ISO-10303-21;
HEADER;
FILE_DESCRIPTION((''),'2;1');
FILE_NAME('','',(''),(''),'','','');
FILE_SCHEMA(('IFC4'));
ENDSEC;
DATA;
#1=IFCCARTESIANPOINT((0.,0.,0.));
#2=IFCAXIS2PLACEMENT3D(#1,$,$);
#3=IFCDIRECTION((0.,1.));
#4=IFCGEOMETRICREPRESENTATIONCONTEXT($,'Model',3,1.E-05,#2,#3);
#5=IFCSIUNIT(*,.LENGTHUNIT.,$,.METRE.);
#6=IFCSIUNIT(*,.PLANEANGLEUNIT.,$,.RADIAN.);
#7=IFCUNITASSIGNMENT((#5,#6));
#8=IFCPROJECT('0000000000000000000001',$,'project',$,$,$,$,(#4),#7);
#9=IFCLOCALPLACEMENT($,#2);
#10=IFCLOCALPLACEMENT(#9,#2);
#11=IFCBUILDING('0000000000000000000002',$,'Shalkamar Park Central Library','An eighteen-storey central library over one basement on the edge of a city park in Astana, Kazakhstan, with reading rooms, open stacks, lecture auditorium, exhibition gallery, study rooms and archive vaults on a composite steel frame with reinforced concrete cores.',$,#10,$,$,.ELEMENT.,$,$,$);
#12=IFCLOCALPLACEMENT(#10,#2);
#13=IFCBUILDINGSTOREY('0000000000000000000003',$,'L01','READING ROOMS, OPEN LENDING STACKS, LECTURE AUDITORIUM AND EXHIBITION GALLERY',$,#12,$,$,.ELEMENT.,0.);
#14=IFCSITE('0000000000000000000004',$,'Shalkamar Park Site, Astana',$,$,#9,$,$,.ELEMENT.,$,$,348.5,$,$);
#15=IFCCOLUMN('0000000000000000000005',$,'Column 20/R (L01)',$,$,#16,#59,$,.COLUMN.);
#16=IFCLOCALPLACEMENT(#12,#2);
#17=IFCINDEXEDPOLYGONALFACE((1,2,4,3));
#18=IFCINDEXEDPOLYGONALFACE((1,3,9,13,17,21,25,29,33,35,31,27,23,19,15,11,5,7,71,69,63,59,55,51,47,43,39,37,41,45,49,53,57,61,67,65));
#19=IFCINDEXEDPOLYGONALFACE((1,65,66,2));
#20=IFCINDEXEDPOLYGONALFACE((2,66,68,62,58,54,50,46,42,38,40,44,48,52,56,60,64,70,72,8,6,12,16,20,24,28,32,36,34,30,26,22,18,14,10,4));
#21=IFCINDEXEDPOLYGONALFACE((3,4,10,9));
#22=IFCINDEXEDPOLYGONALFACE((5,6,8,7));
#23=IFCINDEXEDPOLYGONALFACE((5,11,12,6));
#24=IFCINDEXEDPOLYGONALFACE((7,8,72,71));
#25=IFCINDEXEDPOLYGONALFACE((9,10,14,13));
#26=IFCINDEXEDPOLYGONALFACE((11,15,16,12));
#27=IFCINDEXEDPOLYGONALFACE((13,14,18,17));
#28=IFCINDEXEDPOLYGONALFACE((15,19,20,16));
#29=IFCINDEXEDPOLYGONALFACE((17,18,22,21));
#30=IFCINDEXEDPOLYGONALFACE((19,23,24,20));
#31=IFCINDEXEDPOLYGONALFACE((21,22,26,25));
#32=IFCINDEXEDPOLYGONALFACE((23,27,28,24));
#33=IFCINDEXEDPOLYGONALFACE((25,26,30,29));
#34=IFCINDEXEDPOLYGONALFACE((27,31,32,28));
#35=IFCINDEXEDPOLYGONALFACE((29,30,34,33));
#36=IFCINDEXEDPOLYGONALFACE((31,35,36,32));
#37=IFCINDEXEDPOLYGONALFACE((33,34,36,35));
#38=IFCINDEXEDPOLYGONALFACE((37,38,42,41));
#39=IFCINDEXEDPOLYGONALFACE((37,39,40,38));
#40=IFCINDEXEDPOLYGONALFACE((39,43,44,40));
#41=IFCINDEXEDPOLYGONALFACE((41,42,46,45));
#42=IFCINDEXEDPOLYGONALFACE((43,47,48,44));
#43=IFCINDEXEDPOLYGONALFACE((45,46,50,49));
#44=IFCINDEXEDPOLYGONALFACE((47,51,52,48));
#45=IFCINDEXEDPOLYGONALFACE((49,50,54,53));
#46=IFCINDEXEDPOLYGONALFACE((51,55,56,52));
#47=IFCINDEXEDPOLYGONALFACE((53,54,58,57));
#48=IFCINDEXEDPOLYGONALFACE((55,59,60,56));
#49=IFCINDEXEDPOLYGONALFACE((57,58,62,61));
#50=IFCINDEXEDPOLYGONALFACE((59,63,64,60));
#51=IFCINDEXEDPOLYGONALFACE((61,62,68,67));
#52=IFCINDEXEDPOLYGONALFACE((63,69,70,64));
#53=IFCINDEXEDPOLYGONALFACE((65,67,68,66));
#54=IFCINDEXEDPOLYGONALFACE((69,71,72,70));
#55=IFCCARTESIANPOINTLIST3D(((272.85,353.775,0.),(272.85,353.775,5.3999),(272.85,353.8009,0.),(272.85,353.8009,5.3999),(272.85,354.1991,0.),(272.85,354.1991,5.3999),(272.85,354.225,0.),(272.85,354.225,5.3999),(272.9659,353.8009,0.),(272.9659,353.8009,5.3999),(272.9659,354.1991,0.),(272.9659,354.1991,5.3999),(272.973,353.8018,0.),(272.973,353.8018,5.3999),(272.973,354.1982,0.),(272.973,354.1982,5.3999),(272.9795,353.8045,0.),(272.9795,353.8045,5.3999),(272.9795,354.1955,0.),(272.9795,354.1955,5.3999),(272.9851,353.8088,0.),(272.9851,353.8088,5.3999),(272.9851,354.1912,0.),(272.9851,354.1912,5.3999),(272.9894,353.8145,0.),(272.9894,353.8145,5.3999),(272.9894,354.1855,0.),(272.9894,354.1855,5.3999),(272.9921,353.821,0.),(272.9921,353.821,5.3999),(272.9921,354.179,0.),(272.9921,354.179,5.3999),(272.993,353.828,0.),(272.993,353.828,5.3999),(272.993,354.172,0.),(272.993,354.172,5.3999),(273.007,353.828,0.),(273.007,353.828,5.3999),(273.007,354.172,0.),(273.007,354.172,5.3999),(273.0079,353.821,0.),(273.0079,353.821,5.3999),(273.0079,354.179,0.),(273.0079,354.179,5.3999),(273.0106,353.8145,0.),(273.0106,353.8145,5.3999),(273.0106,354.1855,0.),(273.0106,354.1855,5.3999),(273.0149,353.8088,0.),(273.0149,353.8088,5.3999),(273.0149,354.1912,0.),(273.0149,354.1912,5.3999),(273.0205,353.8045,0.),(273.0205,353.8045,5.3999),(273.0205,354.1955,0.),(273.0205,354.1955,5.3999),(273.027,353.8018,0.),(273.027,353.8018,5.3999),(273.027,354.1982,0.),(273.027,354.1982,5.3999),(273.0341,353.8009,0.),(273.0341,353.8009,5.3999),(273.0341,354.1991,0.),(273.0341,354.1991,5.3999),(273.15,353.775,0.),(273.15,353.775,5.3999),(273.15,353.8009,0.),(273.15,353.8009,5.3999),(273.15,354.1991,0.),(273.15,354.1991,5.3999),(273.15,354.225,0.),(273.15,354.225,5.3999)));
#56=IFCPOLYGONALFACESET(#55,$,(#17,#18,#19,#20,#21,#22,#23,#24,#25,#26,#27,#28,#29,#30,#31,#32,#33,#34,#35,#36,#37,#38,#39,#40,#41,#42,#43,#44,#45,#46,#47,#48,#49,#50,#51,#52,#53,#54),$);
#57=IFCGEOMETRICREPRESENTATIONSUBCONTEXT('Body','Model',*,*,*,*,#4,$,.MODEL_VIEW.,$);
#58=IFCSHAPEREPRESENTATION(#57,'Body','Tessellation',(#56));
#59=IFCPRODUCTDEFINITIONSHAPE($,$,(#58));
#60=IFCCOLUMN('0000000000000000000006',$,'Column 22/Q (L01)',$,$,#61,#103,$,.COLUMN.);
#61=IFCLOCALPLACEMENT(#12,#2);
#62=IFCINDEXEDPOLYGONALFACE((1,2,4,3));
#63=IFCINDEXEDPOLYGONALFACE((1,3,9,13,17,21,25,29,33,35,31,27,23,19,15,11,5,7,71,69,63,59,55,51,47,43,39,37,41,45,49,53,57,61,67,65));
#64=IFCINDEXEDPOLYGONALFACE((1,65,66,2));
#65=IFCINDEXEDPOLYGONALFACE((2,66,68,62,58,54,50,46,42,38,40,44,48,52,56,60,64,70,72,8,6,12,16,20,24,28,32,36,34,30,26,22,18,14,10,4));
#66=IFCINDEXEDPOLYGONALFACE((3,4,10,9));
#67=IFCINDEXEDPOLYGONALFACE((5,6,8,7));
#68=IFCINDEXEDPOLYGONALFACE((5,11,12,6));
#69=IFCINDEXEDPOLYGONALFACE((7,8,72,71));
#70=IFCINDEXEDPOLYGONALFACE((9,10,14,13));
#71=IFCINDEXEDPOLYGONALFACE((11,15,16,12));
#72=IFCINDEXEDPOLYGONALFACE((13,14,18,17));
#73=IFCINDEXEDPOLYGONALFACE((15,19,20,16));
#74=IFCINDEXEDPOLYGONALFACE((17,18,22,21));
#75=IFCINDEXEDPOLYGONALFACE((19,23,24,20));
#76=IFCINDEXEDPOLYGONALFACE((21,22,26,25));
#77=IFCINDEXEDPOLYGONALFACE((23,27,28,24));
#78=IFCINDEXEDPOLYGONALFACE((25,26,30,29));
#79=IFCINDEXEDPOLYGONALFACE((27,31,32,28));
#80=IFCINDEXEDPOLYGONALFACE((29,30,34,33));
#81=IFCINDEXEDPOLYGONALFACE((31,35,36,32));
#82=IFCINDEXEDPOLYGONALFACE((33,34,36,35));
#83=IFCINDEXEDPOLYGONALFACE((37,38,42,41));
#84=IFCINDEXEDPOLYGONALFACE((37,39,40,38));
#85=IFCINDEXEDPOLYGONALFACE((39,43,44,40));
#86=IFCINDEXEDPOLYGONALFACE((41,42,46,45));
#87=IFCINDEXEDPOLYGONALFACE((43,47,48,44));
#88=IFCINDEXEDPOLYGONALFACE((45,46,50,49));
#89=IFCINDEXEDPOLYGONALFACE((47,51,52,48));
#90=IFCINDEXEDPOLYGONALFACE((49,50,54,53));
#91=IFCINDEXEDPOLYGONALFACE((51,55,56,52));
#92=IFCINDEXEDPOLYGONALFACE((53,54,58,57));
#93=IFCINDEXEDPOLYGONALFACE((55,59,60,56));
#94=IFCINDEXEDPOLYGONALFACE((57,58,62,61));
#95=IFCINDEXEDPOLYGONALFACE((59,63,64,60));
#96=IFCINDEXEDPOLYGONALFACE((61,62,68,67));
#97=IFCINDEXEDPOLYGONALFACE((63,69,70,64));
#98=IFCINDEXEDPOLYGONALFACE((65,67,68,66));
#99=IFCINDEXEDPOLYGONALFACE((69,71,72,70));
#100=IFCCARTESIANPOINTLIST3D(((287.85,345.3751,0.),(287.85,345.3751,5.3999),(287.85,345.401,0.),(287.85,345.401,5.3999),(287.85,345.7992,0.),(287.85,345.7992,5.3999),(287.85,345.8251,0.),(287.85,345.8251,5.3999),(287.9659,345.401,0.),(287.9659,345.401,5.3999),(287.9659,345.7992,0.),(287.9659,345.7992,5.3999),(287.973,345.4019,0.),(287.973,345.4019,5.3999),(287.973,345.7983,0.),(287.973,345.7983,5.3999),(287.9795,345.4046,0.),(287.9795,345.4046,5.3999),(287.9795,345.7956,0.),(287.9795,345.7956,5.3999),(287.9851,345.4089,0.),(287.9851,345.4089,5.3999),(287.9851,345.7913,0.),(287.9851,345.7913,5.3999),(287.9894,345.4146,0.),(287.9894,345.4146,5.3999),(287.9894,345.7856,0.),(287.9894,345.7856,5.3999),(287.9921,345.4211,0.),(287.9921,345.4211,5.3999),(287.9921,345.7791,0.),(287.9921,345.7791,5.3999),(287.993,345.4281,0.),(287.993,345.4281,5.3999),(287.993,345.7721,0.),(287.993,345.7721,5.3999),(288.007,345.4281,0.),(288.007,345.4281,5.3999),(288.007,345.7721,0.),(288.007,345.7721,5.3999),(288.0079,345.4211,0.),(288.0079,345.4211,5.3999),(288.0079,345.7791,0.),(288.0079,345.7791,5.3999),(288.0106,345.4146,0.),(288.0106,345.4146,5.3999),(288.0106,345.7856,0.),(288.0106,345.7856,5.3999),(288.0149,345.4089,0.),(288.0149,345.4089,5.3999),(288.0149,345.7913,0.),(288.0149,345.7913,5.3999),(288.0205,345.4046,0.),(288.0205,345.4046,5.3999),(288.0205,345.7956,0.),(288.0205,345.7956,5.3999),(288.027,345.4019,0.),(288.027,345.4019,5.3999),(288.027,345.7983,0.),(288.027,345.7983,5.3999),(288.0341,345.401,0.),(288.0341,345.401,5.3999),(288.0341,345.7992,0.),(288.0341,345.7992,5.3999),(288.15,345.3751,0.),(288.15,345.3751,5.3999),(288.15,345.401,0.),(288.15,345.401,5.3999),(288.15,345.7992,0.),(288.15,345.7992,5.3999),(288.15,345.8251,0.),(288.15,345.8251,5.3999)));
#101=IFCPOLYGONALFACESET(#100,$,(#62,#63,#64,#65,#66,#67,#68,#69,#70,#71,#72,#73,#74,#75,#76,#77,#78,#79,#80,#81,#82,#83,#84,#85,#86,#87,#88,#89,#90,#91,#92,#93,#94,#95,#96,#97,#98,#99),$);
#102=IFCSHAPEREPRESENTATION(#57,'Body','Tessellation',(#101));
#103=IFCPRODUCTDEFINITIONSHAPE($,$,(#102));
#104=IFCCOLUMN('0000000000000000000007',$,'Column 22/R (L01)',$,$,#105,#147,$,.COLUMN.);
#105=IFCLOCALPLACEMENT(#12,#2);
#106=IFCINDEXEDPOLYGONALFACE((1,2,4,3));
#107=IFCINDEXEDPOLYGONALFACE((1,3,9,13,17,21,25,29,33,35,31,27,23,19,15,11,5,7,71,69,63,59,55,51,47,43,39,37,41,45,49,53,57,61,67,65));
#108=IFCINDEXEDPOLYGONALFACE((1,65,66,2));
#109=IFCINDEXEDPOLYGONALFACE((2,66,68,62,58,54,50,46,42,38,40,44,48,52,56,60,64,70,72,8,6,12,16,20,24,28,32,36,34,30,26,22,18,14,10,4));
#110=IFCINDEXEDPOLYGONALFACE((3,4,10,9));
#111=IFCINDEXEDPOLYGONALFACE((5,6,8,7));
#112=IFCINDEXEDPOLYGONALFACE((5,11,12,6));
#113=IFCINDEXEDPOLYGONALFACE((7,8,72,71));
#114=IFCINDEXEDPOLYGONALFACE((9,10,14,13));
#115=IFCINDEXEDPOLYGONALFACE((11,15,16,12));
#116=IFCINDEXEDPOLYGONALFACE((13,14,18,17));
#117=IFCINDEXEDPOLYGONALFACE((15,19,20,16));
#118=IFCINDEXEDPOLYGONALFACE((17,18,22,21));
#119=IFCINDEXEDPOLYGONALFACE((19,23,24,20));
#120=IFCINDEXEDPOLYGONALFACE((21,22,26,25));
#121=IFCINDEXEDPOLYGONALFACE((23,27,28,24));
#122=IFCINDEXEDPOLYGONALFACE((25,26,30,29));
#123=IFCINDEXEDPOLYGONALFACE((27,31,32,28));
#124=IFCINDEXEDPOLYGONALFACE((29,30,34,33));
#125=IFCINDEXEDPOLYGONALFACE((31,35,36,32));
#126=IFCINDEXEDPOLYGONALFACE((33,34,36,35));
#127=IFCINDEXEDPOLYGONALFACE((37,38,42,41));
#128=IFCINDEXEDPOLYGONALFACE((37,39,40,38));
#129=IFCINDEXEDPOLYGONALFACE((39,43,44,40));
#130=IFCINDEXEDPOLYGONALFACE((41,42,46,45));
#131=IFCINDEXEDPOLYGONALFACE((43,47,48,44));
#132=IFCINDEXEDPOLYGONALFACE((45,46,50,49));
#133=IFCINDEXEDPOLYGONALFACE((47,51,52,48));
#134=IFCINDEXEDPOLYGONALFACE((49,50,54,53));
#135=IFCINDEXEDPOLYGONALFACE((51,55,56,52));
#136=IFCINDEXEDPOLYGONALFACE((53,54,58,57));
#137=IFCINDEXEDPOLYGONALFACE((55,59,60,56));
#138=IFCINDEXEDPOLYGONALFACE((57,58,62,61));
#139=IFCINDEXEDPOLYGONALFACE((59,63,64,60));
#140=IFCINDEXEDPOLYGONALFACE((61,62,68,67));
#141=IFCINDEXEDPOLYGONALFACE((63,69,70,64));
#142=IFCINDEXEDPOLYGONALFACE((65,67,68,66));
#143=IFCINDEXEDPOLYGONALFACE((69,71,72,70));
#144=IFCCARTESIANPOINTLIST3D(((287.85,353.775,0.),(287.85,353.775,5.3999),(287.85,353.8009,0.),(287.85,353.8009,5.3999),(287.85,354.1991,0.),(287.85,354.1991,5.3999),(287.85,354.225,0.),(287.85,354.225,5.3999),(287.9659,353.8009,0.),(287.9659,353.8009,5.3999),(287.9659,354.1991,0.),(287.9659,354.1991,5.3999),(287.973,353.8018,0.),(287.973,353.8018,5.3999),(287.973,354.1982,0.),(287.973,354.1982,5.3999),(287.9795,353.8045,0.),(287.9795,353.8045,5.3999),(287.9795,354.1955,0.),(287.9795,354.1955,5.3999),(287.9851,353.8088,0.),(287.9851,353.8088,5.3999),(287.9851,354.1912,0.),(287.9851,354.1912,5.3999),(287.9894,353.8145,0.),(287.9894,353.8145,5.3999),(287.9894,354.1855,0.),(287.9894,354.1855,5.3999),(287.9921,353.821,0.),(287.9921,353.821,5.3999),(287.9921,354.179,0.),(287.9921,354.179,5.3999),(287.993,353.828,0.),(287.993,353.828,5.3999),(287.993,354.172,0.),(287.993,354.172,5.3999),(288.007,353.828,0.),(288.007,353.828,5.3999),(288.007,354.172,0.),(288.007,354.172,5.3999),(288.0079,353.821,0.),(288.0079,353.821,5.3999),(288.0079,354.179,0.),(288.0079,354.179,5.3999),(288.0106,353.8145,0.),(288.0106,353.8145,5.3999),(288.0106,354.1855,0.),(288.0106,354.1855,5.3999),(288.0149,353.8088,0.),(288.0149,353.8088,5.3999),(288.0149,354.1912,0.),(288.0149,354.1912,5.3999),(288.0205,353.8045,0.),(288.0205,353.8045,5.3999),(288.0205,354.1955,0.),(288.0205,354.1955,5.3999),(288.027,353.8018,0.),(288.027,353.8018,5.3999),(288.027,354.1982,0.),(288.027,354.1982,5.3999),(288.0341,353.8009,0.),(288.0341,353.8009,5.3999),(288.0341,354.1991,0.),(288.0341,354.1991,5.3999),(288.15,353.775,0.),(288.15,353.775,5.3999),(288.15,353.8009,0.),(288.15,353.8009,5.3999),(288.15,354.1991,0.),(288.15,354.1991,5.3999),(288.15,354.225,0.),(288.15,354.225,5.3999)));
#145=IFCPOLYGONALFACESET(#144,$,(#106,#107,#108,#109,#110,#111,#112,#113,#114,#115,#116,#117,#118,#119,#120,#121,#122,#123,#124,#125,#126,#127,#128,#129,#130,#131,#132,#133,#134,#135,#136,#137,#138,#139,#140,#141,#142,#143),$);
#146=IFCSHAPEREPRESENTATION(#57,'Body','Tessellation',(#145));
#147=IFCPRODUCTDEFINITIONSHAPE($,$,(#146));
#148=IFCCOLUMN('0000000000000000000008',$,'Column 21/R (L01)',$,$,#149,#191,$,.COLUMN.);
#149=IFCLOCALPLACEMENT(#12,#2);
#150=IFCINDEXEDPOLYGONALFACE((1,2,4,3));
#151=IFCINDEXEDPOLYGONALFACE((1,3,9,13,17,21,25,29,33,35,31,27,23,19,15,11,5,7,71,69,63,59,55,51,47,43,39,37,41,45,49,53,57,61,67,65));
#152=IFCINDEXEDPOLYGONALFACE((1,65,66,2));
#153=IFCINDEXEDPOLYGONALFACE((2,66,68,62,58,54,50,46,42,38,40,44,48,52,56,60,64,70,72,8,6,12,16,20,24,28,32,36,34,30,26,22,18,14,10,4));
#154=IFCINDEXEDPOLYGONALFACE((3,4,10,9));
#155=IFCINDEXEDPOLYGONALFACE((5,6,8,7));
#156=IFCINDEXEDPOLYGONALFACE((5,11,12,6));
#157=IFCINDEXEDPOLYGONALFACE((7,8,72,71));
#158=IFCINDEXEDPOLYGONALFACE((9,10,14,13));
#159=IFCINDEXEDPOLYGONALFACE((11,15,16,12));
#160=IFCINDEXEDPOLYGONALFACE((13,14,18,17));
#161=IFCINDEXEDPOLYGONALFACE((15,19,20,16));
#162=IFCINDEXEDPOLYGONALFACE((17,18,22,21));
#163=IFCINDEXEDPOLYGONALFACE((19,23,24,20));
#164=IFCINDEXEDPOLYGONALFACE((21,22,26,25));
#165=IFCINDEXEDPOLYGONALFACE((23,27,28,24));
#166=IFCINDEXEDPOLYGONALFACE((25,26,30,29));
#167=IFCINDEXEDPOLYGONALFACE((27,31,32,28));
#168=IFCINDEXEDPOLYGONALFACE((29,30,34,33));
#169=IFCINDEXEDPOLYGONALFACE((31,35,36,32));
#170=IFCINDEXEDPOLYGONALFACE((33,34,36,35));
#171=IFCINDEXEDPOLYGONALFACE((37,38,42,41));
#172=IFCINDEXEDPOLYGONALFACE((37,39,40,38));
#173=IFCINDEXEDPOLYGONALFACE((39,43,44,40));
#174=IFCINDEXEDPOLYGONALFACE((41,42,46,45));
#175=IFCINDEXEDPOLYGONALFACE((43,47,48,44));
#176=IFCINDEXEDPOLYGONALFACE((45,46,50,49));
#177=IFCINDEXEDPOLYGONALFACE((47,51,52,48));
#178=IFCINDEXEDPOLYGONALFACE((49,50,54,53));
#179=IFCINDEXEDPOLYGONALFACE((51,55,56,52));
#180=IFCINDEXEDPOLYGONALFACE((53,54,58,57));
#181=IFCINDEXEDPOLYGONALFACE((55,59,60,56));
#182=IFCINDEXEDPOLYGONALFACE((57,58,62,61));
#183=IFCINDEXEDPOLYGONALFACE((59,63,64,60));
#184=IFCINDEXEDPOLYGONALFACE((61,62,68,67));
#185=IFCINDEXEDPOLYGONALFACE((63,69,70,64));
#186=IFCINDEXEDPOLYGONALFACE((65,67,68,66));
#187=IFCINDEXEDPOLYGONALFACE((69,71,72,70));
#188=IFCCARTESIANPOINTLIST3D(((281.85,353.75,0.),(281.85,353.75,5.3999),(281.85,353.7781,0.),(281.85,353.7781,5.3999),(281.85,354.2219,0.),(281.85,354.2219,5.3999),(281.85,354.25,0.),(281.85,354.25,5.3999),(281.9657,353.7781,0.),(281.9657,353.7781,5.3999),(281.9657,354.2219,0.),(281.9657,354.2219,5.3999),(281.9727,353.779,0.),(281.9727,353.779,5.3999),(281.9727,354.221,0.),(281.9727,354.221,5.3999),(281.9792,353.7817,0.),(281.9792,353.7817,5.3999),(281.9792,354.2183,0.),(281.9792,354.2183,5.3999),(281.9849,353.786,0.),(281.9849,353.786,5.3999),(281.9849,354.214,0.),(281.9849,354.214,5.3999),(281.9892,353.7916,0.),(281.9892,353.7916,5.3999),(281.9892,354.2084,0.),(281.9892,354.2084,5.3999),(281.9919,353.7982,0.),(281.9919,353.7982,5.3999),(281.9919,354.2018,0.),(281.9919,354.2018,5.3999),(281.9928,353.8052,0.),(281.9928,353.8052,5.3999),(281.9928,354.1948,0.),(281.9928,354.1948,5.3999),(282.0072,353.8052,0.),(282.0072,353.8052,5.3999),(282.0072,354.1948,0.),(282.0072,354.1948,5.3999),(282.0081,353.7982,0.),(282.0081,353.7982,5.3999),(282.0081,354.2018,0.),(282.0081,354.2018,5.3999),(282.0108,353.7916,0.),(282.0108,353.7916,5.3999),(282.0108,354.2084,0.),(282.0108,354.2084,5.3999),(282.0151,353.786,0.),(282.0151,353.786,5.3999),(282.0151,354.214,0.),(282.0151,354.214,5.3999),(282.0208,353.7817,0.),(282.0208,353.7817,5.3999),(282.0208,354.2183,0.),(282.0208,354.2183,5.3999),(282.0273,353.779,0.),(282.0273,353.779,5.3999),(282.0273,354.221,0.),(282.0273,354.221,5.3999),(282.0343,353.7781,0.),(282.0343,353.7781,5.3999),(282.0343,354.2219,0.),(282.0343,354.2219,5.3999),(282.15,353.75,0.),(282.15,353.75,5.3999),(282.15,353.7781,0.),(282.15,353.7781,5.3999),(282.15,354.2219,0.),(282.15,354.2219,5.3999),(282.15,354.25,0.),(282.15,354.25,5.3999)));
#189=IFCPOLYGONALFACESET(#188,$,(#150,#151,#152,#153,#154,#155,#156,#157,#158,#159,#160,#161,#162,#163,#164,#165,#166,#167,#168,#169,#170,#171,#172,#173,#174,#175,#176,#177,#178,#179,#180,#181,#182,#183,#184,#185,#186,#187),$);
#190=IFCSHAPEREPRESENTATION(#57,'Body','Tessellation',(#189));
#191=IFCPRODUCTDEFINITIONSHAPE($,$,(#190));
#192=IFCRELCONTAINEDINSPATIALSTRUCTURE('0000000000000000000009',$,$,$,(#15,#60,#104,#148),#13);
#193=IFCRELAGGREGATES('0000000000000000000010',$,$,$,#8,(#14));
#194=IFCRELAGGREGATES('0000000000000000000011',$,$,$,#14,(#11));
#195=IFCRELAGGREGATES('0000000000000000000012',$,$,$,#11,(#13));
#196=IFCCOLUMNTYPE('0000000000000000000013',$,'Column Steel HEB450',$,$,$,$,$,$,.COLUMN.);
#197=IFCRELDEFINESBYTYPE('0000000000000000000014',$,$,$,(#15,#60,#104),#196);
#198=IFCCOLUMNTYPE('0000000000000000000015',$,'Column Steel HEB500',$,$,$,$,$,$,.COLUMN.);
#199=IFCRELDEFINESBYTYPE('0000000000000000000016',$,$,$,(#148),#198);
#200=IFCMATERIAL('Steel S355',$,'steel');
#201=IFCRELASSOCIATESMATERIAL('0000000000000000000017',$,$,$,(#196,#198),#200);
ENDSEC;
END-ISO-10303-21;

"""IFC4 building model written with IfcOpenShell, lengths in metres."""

from ifc_helpers import new_model, si_unit, direction, frame, origin, origin_2d, place, context, subcontext, project, spatial, i_section, extrude, material, material_profile, profile_set, type_object, element, save


model = new_model("IFC4")

# Units and contexts
model_context = context("Model", 3, precision=1e-05, world=origin(), true_north=direction((0.0, 1.0)))
body_context = subcontext(model_context, "Body", "Model", "MODEL_VIEW")
ifc_project = project(units=[si_unit("LENGTHUNIT", "METRE"), si_unit("PLANEANGLEUNIT", "RADIAN")], contexts=[model_context])

# Site, building, storey
site_placement = place(None, origin())
site = spatial("IfcSite", under=ifc_project, at=site_placement, Name="Shalkamar Park Site, Astana", CompositionType="ELEMENT", RefElevation=348.5)
building_placement = place(site_placement, origin())
building = spatial("IfcBuilding", under=site, at=building_placement, Name="Shalkamar Park Central Library", Description="An eighteen-storey central library over one basement on the edge of a city park in Astana, Kazakhstan, with reading rooms, open stacks, lecture auditorium, exhibition gallery, study rooms and archive vaults on a composite steel frame with reinforced concrete cores.", CompositionType="ELEMENT")
storey_placement = place(building_placement, origin())
storey = spatial("IfcBuildingStorey", under=building, at=storey_placement, Name="L01", Description="READING ROOMS, OPEN LENDING STACKS, LECTURE AUDITORIUM AND EXHIBITION GALLERY", CompositionType="ELEMENT", Elevation=0.0)

# Columns
ifc_material_1 = material(Name="Steel S355", Category="steel")
ifc_material_profile_1 = material_profile(ifc_material_1, i_section(OverallWidth=0.3, OverallDepth=0.45, WebThickness=0.0139, FlangeThickness=0.0259, FilletRadius=0.0271, at=origin_2d()), Name="HEB 450")
ifc_profile_set_1 = profile_set([ifc_material_profile_1], Name="Steel S355")
column_type_1 = type_object("IfcColumnType", Name="Column Steel HEB450", PredefinedType="COLUMN", material=ifc_profile_set_1)
for number, where, z_axis, x_axis, name in (
    (1, (273.0, 354.0, 0.0), (0.0, 0.0, 1.0), (1.0, 0.0, 0.0), "Column 20/R (L01)"),
    (2, (288.0, 345.6001, 0.0), (0.0, 0.0, 1.0), (1.0, 0.0, 0.0), "Column 22/Q (L01)"),
    (3, (288.0, 354.0, 0.0), (0.0, 0.0, 1.0), (1.0, 0.0, 0.0), "Column 22/R (L01)"),
):
    element("IfcColumn", number, at=place(storey_placement, frame(where, z_axis=z_axis, x_axis=x_axis)), inside=storey, type_object=column_type_1, Name=name, PredefinedType="COLUMN", context=body_context, shape_type="SweptSolid", body=[
        extrude(i_section(OverallWidth=0.3, OverallDepth=0.45, WebThickness=0.0139, FlangeThickness=0.0259, FilletRadius=0.0271, at=origin_2d()), origin(), (0.0, 0.0, 1.0), 5.3999),
    ])
ifc_material_profile_2 = material_profile(ifc_material_1, i_section(OverallWidth=0.3, OverallDepth=0.5, WebThickness=0.0144, FlangeThickness=0.0281, FilletRadius=0.0271, at=origin_2d()), Name="HEB 500")
ifc_profile_set_2 = profile_set([ifc_material_profile_2], Name="Steel S355")
column_type_2 = type_object("IfcColumnType", Name="Column Steel HEB500", PredefinedType="COLUMN", material=ifc_profile_set_2)
column_placement = place(storey_placement, frame((282.0, 354.0, 0.0), z_axis=(0.0, 0.0, 1.0), x_axis=(1.0, 0.0, 0.0)))
element("IfcColumn", 4, at=column_placement, inside=storey, type_object=column_type_2, Name="Column 21/R (L01)", PredefinedType="COLUMN", context=body_context, shape_type="SweptSolid", body=[
    extrude(i_section(OverallWidth=0.3, OverallDepth=0.5, WebThickness=0.0144, FlangeThickness=0.0281, FilletRadius=0.0271, at=origin_2d()), origin(), (0.0, 0.0, 1.0), 5.3999),
])

save(model, "model.ifc")
